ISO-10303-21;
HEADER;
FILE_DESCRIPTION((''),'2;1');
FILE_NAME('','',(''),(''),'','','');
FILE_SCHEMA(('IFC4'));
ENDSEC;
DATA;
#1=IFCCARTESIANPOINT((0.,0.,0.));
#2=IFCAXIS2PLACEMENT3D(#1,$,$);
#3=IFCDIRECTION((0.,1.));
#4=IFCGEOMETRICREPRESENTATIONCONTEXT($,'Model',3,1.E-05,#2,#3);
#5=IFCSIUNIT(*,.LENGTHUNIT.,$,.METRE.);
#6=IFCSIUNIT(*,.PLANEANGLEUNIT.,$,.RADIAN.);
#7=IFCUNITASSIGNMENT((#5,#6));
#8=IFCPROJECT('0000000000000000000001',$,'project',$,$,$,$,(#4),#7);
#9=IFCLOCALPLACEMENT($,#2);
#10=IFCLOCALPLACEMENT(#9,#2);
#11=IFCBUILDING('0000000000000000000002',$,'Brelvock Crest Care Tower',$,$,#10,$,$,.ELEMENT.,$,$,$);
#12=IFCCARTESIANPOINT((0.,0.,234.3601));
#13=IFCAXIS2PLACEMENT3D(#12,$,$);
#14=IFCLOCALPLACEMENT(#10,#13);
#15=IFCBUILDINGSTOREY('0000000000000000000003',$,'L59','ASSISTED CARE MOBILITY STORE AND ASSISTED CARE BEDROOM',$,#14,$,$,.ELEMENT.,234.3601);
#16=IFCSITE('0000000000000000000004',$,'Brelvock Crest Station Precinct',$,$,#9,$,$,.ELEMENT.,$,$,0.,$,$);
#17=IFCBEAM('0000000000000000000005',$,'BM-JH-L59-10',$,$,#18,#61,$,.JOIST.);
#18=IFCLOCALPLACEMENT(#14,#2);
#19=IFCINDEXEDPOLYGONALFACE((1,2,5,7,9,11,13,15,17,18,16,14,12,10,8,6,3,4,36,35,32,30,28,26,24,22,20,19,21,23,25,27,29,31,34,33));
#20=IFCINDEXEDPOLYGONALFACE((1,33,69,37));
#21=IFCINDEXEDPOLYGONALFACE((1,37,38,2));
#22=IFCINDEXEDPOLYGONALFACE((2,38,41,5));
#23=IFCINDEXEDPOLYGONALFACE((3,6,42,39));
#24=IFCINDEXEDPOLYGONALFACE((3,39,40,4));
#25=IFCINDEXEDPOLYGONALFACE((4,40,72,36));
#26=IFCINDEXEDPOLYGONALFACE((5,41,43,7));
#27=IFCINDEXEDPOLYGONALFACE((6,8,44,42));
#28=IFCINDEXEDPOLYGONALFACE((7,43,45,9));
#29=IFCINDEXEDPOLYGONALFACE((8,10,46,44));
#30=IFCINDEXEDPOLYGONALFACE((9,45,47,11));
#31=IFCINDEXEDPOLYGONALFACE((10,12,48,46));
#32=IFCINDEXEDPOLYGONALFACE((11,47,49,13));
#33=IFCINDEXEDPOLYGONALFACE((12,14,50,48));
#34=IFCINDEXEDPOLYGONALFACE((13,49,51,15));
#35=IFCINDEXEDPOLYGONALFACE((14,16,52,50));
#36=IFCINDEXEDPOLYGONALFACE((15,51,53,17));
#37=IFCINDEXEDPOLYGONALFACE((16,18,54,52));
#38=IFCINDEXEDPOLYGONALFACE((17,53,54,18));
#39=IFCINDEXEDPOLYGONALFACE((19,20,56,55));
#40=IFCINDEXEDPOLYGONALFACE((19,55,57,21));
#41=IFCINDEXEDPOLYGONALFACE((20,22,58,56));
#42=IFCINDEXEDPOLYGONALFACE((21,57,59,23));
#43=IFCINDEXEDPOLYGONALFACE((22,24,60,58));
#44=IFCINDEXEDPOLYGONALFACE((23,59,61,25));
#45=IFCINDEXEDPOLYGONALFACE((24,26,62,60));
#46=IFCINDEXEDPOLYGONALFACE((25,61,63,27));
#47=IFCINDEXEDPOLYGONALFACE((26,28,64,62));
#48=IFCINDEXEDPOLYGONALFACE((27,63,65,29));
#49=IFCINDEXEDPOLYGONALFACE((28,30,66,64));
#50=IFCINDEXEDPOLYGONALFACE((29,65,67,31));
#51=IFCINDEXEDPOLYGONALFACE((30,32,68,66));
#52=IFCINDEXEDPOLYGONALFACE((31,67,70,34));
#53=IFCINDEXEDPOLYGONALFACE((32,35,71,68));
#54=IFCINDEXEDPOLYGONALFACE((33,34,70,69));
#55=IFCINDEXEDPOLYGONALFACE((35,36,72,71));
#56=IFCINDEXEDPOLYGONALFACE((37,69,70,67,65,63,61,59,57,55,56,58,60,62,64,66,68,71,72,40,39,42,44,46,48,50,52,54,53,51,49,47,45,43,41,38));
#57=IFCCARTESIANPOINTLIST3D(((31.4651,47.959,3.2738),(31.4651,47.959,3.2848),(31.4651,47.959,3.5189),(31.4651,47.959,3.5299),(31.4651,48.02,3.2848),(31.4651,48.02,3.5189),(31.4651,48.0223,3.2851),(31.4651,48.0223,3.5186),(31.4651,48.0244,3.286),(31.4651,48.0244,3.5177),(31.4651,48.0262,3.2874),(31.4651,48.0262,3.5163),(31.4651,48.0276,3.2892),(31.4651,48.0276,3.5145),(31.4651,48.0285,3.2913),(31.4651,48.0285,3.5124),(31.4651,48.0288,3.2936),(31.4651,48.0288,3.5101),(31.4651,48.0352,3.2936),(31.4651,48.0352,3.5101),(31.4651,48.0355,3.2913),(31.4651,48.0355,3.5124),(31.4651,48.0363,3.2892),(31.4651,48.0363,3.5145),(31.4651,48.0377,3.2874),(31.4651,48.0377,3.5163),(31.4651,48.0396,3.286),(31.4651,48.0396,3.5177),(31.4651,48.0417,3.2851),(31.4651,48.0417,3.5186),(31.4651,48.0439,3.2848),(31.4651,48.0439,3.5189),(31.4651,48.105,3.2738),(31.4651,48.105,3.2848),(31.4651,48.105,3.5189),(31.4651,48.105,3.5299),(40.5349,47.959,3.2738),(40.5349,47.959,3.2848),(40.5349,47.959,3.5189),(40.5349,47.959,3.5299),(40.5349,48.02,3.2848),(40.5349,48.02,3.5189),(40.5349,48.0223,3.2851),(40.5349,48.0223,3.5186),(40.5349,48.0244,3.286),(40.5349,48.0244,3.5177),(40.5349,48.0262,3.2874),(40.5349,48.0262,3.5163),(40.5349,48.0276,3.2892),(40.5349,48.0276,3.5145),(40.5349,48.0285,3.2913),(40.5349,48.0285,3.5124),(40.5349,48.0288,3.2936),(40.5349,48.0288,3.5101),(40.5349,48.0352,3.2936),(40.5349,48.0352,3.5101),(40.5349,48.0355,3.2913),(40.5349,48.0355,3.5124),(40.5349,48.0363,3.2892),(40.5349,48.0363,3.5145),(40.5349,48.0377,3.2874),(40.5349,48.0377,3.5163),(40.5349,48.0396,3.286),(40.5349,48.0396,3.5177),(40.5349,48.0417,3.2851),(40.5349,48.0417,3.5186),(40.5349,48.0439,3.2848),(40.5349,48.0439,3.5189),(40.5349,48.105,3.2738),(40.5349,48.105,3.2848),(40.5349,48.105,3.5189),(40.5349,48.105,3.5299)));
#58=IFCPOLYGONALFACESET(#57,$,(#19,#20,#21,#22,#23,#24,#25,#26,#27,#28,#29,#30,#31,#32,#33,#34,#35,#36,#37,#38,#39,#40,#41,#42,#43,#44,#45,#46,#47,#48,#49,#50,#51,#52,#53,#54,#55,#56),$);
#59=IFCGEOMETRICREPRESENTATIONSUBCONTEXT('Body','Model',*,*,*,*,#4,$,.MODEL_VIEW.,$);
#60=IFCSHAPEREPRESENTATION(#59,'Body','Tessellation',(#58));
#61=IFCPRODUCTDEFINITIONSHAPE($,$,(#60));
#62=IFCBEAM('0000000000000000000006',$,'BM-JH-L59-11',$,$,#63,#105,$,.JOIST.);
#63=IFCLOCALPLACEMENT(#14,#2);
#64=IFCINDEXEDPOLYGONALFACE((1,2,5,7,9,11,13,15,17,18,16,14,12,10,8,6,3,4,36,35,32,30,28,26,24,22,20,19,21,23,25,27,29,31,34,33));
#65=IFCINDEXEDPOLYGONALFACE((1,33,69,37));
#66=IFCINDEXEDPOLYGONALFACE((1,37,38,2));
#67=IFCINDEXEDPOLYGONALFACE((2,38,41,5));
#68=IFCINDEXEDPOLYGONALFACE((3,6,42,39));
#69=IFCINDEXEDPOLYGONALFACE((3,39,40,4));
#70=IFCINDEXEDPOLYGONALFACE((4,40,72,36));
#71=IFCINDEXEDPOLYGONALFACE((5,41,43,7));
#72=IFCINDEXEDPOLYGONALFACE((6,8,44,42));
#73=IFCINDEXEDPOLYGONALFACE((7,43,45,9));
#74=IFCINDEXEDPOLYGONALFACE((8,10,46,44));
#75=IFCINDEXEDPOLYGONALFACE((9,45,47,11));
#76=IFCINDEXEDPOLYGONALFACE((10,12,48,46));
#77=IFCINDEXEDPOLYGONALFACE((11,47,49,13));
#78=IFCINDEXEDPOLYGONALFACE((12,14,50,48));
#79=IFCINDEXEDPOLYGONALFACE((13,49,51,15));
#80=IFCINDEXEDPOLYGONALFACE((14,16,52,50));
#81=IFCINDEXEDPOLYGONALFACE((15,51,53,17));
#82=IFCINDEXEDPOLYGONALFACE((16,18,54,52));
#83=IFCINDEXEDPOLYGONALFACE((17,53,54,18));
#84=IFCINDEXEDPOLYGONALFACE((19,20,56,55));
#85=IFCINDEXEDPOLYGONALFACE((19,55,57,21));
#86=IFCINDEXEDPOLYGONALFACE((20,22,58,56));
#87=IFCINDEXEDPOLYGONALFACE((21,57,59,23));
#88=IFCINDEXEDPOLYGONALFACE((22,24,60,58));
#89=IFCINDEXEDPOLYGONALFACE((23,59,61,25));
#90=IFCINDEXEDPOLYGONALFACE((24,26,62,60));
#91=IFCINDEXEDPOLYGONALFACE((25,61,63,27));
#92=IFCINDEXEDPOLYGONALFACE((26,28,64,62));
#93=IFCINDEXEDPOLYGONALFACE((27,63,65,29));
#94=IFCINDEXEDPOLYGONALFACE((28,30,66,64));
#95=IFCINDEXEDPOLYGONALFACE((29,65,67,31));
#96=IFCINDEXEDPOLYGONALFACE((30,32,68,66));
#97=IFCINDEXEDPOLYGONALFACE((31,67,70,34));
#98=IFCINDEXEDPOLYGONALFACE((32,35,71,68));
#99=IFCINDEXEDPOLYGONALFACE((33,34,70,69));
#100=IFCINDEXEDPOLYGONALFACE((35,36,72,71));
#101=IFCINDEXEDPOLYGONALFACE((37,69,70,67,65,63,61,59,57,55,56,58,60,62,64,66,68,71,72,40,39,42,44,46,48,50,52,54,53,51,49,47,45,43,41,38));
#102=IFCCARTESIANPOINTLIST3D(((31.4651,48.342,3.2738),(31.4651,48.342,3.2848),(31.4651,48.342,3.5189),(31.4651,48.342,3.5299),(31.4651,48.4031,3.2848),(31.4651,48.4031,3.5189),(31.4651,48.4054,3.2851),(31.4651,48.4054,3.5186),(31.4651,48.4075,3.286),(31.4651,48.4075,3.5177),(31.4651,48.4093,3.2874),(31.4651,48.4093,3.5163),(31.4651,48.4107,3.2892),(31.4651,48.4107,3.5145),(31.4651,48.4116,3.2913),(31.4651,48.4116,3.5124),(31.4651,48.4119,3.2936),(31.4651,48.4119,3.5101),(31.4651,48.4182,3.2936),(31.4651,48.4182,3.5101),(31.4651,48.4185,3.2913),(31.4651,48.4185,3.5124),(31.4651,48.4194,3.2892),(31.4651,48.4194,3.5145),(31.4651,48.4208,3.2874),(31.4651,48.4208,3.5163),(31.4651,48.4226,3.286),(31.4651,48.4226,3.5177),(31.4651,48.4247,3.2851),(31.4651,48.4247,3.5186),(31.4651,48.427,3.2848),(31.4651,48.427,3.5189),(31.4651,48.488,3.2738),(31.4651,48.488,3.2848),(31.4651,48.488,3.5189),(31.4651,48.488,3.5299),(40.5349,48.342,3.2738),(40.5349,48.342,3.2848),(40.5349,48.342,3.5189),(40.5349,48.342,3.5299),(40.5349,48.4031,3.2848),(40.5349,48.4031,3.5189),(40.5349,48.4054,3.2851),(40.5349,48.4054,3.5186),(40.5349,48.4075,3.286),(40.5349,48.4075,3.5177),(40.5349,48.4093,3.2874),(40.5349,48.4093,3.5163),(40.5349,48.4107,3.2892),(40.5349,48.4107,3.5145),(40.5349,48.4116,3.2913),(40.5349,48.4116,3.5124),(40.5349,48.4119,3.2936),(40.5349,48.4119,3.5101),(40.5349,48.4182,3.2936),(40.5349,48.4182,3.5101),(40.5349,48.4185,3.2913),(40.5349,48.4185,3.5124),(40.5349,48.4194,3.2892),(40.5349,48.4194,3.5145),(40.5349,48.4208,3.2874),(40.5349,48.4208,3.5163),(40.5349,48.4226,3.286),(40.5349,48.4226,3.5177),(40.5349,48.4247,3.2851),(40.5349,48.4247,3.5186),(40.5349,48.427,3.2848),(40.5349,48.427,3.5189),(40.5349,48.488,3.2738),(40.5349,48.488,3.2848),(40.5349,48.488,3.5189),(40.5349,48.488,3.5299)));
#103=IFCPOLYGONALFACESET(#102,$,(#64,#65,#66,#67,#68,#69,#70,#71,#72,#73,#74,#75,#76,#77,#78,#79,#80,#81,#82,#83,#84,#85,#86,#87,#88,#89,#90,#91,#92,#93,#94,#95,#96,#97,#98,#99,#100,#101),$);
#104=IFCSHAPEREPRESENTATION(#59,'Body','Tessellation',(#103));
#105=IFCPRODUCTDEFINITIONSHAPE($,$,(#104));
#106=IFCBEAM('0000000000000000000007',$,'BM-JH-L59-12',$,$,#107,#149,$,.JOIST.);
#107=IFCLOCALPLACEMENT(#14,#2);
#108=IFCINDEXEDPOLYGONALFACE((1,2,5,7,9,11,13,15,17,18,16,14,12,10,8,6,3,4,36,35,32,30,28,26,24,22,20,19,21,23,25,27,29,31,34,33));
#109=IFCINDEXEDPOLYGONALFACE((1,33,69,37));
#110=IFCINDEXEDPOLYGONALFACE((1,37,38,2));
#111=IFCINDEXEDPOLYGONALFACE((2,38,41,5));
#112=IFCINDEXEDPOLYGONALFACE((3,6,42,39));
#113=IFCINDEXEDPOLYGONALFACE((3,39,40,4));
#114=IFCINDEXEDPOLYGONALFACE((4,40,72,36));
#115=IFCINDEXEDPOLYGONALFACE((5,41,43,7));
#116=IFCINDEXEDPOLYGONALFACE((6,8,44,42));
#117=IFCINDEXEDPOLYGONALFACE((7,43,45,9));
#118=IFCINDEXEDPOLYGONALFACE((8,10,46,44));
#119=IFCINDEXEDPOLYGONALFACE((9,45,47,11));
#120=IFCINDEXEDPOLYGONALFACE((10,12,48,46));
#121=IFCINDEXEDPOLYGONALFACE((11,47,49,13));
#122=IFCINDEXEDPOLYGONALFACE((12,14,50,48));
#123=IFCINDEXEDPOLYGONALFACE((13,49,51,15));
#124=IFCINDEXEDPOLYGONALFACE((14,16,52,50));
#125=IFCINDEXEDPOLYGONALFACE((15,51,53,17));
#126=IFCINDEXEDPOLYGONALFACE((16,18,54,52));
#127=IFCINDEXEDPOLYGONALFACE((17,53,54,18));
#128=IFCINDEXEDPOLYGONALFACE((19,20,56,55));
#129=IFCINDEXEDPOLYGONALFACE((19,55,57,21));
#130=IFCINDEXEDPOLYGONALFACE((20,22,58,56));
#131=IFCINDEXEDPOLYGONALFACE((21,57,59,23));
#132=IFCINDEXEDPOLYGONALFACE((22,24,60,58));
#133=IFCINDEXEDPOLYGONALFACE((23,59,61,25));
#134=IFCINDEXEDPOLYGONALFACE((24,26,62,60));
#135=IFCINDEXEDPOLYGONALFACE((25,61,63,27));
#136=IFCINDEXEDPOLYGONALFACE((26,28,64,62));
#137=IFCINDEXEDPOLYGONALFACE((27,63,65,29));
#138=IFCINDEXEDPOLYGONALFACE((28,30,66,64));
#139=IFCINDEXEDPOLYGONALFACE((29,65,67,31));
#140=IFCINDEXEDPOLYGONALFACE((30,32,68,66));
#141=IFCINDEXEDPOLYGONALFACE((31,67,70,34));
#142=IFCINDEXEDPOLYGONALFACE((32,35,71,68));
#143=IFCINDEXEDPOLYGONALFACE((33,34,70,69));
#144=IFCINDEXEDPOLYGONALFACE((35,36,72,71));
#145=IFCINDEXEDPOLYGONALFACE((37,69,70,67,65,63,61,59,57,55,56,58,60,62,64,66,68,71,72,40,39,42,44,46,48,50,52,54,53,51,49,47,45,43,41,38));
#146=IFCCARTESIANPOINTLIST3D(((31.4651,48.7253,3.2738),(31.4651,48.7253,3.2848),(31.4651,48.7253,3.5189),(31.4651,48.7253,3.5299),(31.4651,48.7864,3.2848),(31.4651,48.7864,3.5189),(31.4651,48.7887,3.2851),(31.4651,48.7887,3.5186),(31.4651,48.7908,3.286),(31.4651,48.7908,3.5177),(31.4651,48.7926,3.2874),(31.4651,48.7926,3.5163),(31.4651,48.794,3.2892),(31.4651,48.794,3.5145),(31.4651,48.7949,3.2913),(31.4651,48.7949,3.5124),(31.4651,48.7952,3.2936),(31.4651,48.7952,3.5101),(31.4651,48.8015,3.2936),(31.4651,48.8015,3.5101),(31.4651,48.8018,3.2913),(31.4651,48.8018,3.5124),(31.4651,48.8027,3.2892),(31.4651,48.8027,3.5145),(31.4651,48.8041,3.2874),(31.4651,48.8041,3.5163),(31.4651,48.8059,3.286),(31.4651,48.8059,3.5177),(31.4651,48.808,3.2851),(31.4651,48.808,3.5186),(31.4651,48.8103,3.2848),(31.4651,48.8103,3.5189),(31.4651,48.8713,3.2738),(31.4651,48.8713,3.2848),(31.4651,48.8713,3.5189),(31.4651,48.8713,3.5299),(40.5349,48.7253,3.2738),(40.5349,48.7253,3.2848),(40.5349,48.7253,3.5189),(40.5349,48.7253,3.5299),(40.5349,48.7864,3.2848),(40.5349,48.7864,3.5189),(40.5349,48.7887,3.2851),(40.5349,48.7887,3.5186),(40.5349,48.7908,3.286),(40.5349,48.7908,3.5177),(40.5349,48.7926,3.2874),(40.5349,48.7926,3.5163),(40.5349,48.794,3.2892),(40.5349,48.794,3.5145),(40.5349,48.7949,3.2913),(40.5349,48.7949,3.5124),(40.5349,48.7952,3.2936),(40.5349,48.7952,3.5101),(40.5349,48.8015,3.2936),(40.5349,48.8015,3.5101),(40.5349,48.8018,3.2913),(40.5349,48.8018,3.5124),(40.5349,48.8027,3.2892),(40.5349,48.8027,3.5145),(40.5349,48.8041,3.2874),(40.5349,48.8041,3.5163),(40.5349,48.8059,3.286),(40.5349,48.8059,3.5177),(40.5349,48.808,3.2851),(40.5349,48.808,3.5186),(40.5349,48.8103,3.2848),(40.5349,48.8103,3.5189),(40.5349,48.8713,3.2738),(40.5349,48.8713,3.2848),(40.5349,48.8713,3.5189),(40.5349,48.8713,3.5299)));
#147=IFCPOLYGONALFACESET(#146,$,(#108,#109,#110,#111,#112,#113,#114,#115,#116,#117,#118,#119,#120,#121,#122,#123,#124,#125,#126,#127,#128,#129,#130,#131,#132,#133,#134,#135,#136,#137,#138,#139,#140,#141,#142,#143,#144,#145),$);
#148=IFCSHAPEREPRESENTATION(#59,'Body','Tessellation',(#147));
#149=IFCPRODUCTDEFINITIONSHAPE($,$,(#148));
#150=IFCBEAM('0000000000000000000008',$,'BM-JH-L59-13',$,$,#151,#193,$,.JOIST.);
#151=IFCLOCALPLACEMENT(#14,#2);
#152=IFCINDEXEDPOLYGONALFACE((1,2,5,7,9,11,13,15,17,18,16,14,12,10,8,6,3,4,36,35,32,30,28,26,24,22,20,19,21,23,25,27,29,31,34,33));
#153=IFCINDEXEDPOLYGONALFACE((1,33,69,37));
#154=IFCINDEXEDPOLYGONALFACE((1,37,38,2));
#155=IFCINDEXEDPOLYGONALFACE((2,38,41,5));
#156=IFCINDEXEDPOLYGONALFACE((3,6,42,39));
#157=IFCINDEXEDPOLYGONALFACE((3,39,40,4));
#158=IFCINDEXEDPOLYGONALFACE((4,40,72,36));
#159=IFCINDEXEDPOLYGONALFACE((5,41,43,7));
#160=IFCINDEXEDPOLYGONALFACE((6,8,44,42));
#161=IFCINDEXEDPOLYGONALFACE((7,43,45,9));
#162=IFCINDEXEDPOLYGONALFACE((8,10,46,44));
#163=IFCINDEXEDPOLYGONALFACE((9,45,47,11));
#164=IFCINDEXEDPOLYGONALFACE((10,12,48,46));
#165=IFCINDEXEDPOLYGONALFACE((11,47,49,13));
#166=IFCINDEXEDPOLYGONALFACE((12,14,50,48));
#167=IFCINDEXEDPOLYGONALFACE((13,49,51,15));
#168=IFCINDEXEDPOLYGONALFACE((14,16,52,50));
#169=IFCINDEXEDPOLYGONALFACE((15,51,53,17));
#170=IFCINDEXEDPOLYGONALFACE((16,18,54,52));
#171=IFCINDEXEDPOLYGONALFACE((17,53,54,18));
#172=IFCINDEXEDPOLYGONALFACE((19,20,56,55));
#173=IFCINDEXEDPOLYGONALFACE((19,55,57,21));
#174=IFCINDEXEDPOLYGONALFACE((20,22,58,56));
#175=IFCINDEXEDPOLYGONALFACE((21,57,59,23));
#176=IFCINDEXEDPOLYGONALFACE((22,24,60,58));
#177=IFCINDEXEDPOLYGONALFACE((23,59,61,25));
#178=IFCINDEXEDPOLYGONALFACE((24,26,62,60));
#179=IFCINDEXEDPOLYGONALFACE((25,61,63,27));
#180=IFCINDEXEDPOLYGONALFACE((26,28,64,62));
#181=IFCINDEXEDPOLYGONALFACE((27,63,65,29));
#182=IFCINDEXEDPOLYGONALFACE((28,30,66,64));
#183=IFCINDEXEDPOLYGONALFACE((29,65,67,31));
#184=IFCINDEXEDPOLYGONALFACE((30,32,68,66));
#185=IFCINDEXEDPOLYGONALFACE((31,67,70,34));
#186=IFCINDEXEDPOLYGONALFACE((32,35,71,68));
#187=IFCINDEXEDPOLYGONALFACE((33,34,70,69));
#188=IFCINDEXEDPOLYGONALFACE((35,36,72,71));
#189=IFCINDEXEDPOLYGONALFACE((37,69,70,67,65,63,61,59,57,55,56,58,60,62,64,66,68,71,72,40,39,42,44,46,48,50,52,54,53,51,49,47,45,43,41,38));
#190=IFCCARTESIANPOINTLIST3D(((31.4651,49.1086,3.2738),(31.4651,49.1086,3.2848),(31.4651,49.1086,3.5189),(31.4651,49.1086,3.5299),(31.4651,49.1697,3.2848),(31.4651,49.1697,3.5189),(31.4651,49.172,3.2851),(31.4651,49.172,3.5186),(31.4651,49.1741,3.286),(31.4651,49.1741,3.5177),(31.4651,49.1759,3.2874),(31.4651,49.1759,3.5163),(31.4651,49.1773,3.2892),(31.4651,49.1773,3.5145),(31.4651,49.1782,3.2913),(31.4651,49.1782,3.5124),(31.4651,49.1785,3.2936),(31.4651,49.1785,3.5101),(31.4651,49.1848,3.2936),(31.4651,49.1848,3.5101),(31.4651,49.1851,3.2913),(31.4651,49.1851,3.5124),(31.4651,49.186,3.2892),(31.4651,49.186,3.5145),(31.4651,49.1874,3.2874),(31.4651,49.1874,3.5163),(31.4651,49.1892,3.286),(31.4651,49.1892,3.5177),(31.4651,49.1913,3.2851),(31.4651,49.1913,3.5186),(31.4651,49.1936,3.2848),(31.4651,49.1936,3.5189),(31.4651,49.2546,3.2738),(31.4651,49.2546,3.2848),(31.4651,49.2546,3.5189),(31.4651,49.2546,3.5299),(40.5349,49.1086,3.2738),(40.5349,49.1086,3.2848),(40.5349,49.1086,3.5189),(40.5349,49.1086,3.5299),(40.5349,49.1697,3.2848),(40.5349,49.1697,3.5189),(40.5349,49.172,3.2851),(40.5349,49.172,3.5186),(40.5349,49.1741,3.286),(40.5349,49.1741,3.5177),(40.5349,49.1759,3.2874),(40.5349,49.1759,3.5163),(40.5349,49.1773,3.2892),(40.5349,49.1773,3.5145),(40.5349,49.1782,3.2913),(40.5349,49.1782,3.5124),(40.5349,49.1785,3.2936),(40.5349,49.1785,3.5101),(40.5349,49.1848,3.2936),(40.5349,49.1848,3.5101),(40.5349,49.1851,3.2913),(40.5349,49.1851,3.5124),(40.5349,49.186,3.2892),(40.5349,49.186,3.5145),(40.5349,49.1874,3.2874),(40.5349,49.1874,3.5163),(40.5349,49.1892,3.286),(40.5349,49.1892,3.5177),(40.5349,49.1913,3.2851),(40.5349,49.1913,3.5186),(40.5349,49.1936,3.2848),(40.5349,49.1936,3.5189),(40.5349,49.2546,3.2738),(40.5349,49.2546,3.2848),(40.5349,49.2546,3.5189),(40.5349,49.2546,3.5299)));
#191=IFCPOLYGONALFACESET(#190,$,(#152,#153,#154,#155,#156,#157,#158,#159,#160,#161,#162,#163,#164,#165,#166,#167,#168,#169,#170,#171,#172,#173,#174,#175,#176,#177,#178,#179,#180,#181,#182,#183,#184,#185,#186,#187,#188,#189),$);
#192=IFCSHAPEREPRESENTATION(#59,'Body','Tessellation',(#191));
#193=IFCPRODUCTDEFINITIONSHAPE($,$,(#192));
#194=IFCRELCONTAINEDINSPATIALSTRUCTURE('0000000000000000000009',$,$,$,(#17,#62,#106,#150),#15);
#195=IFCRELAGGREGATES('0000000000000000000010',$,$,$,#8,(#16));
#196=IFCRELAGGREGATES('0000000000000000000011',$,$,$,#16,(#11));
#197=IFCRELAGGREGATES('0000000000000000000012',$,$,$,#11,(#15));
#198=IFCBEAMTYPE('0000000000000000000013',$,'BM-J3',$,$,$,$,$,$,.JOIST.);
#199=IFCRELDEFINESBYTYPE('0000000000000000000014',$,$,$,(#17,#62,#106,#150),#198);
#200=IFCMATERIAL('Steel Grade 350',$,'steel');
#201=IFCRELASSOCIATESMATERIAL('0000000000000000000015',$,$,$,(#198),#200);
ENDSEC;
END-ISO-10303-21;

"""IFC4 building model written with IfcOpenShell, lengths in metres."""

from ifc_helpers import new_model, si_unit, direction, frame, origin, origin_2d, place, context, subcontext, project, spatial, i_section, extrude, source, transform, mapped, material, material_profile, profile_set, type_object, element, save


model = new_model("IFC4")

# Units and contexts
model_context = context("Model", 3, precision=1e-05, world=origin(), true_north=direction((0.0, 1.0)))
body_context = subcontext(model_context, "Body", "Model", "MODEL_VIEW")
ifc_project = project(units=[si_unit("LENGTHUNIT", "METRE"), si_unit("PLANEANGLEUNIT", "RADIAN")], contexts=[model_context])

# Site, building, storey
site_placement = place(None, origin())
site = spatial("IfcSite", under=ifc_project, at=site_placement, Name="Brelvock Crest Station Precinct", CompositionType="ELEMENT", RefElevation=0.0)
building_placement = place(site_placement, origin())
building = spatial("IfcBuilding", under=site, at=building_placement, Name="Brelvock Crest Care Tower", CompositionType="ELEMENT")
storey_placement = place(building_placement, frame((0.0, 0.0, 234.3601)))
storey = spatial("IfcBuildingStorey", under=building, at=storey_placement, Name="L59", Description="ASSISTED CARE MOBILITY STORE AND ASSISTED CARE BEDROOM", CompositionType="ELEMENT", Elevation=234.3601)

# Beams
ifc_material_1 = material(Name="Steel Grade 350", Category="steel")
ifc_material_profile_1 = material_profile(ifc_material_1, i_section(OverallWidth=0.146, OverallDepth=0.2561, WebThickness=0.0063, FlangeThickness=0.011, FilletRadius=0.0088, at=origin_2d()), Name="250UB37.3")
ifc_profile_set_1 = profile_set([ifc_material_profile_1], Name="Steel Grade 350")
beam_type_1 = type_object("IfcBeamType", Name="BM-J3", PredefinedType="JOIST", material=ifc_profile_set_1)
shared_shape_1 = source(origin(), body_context, "Body", "SweptSolid", [
    extrude(i_section(OverallWidth=0.146, OverallDepth=0.2561, WebThickness=0.0063, FlangeThickness=0.011, FilletRadius=0.0088, at=origin_2d()), origin(), (0.0, 0.0, 1.0), 9.0698),
])
for number, where, z_axis, x_axis, name in (
    (1, (31.4651, 48.032, 3.4019), (1.0, 0.0, 0.0), (0.0, 1.0, 0.0), "BM-JH-L59-10"),
    (2, (31.4651, 48.415, 3.4019), (1.0, 0.0, 0.0), (0.0, 1.0, 0.0), "BM-JH-L59-11"),
    (3, (31.4651, 48.7983, 3.4019), (1.0, 0.0, 0.0), (0.0, 1.0, 0.0), "BM-JH-L59-12"),
    (4, (31.4651, 49.1816, 3.4019), (1.0, 0.0, 0.0), (0.0, 1.0, 0.0), "BM-JH-L59-13"),
):
    element("IfcBeam", number, at=place(storey_placement, frame(where, z_axis=z_axis, x_axis=x_axis)), inside=storey, type_object=beam_type_1, Name=name, PredefinedType="JOIST", context=body_context, shape_type="MappedRepresentation", body=[
        mapped(shared_shape_1, transform((0.0, 0.0, 0.0), x_axis=(1.0, 0.0, 0.0), y_axis=(0.0, 1.0, 0.0), z_axis=(0.0, 0.0, 1.0), scale=1.0)),
    ])

save(model, "model.ifc")
